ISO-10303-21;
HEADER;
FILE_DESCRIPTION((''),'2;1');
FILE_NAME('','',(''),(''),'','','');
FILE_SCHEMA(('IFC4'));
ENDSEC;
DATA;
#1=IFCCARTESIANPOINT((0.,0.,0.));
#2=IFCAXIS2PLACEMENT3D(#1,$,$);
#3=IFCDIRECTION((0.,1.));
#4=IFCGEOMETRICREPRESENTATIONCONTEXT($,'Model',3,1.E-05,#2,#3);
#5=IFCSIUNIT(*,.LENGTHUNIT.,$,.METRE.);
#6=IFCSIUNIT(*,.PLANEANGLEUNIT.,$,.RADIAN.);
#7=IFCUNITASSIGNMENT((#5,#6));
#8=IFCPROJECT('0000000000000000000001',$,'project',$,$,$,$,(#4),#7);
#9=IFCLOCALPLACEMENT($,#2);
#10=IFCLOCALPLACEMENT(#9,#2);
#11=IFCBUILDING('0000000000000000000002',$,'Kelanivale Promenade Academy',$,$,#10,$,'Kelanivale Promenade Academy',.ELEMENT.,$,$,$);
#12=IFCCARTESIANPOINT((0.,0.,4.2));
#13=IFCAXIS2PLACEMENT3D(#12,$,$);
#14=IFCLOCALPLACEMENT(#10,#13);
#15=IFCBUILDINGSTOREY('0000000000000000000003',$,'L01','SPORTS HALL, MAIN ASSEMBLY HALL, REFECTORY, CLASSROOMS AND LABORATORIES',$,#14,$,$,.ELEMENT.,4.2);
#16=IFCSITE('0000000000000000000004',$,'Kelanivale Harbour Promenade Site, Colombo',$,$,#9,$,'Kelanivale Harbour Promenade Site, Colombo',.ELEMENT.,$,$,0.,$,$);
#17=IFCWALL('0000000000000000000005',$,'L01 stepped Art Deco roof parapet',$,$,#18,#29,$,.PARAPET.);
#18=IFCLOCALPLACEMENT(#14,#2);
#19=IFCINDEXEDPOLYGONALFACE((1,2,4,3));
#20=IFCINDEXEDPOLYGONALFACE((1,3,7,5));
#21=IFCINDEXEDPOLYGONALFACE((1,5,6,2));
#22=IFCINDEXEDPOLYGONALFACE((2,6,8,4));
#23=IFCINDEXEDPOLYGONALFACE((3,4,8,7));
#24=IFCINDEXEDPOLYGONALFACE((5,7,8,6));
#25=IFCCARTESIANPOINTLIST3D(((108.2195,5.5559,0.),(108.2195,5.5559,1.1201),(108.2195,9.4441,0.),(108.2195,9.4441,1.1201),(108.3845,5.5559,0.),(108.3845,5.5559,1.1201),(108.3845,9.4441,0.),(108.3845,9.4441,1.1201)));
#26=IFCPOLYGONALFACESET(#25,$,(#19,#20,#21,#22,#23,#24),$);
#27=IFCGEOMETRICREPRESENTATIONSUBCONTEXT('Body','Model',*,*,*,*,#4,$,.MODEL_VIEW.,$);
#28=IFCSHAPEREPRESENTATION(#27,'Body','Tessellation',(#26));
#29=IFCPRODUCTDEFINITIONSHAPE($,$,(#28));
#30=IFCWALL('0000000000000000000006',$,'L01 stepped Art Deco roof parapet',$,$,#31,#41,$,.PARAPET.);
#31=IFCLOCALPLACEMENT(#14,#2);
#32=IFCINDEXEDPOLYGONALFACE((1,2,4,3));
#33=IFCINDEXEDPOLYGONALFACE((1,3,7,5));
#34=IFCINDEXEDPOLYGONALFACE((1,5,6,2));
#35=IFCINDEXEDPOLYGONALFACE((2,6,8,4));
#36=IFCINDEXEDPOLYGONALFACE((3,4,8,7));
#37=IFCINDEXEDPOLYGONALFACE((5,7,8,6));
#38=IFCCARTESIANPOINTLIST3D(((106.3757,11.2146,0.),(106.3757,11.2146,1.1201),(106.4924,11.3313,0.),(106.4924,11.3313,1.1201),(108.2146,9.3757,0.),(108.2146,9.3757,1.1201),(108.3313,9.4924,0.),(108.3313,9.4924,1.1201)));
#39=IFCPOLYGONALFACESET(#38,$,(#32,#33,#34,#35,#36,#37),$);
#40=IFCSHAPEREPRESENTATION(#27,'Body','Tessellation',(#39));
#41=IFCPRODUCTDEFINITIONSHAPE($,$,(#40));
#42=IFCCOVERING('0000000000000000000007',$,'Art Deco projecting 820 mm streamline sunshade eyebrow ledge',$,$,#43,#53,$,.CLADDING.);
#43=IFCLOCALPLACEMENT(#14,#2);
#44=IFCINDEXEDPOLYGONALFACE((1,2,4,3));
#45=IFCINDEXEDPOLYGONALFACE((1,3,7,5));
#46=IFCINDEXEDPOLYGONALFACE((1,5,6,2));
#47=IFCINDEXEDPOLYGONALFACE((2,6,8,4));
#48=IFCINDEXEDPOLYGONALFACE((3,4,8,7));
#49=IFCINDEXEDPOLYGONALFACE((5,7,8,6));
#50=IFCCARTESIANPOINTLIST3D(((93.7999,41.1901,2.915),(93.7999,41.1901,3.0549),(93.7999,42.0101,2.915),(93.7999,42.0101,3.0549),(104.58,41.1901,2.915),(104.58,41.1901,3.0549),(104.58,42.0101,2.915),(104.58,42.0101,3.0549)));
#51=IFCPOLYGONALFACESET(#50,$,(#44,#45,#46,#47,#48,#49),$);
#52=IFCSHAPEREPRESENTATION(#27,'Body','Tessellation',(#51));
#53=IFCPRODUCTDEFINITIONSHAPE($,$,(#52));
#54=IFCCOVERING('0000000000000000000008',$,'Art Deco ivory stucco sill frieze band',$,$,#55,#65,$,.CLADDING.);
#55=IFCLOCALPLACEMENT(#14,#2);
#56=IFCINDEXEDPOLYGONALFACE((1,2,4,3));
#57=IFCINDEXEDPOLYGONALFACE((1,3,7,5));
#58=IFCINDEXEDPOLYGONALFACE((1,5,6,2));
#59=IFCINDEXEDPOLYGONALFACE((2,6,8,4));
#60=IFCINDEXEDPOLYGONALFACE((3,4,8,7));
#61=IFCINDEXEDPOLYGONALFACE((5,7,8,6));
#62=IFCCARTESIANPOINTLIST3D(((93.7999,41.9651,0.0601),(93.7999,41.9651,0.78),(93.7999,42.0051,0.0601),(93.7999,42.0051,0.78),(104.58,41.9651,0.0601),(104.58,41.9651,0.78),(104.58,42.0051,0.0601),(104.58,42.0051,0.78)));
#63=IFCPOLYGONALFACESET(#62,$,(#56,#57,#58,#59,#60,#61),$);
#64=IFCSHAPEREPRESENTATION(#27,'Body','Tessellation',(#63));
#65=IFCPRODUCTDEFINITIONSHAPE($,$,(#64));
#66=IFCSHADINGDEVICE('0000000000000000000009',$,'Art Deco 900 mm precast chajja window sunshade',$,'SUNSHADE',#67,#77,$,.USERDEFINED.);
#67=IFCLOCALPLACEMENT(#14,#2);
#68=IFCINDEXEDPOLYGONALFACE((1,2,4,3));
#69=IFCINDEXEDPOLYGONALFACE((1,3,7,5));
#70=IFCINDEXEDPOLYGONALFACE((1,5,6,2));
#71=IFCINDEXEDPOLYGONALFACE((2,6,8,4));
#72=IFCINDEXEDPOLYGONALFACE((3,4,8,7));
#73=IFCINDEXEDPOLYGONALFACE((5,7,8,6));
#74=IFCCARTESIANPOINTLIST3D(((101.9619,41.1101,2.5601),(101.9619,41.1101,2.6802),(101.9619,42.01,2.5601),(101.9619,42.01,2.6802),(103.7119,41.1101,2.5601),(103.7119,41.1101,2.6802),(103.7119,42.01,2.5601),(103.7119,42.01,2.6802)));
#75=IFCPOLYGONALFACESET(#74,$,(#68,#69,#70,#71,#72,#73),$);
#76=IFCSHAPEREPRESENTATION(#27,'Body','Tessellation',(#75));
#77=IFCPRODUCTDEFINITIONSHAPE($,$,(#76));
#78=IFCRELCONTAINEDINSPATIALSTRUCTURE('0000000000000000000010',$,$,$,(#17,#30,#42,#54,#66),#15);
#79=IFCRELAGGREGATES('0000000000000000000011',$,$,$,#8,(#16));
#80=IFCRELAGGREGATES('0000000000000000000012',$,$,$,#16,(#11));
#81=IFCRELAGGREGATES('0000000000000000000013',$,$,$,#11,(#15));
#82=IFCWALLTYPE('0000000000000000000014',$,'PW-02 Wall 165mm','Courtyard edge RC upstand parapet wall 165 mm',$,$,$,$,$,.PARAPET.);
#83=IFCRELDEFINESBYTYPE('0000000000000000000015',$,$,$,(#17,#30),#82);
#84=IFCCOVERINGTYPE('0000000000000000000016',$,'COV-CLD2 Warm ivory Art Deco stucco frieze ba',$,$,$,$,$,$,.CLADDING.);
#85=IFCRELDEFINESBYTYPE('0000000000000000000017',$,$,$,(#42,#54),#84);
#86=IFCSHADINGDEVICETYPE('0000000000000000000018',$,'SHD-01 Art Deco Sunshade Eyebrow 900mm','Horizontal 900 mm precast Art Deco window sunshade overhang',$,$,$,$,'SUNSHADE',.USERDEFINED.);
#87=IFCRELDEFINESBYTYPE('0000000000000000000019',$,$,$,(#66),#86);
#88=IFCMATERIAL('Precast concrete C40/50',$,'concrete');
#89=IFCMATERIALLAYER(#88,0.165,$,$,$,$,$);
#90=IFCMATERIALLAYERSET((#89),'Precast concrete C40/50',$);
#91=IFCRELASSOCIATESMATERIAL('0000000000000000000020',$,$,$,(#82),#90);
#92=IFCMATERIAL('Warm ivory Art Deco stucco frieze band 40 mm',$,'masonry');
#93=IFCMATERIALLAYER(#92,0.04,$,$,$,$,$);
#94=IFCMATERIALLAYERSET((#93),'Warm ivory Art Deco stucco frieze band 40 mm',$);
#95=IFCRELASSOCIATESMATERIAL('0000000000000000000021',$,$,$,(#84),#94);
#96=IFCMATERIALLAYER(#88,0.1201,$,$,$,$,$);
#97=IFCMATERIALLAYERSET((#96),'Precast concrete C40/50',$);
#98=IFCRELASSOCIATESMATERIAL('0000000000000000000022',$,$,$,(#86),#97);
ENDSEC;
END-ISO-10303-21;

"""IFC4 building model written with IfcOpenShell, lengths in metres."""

from ifc_helpers import new_model, si_unit, direction, frame, frame_2d, origin, origin_2d, place, context, subcontext, project, spatial, rectangle, extrude, material, layer, layer_set, type_object, element, save


model = new_model("IFC4")

# Units and contexts
model_context = context("Model", 3, precision=1e-05, world=origin(), true_north=direction((0.0, 1.0)))
body_context = subcontext(model_context, "Body", "Model", "MODEL_VIEW")
ifc_project = project(units=[si_unit("LENGTHUNIT", "METRE"), si_unit("PLANEANGLEUNIT", "RADIAN")], contexts=[model_context])

# Site, building, storey
site_placement = place(None, origin())
site = spatial("IfcSite", under=ifc_project, at=site_placement, Name="Kelanivale Harbour Promenade Site, Colombo", LongName="Kelanivale Harbour Promenade Site, Colombo", CompositionType="ELEMENT", RefElevation=0.0)
building_placement = place(site_placement, origin())
building = spatial("IfcBuilding", under=site, at=building_placement, Name="Kelanivale Promenade Academy", LongName="Kelanivale Promenade Academy", CompositionType="ELEMENT")
storey_placement = place(building_placement, frame((0.0, 0.0, 4.2)))
storey = spatial("IfcBuildingStorey", under=building, at=storey_placement, Name="L01", Description="SPORTS HALL, MAIN ASSEMBLY HALL, REFECTORY, CLASSROOMS AND LABORATORIES", CompositionType="ELEMENT", Elevation=4.2)

# Walls
ifc_material_1 = material(Name="Precast concrete C40/50", Category="concrete")
ifc_layer_1 = layer(ifc_material_1, 0.165)
ifc_layer_set_1 = layer_set([ifc_layer_1], Name="Precast concrete C40/50")
wall_type_1 = type_object("IfcWallType", Name="PW-02 Wall 165mm", Description="Courtyard edge RC upstand parapet wall 165 mm", PredefinedType="PARAPET", material=ifc_layer_set_1)
wall_1_placement = place(storey_placement, frame((108.302, 5.5559, 0.0), z_axis=(0.0, 0.0, 1.0), x_axis=(0.0, 1.0, 0.0)))
element("IfcWall", 1, at=wall_1_placement, inside=storey, type_object=wall_type_1, Name="L01 stepped Art Deco roof parapet", PredefinedType="PARAPET", context=body_context, shape_type="SweptSolid", body=[
    extrude(rectangle(XDim=3.8882, YDim=0.165, at=frame_2d((1.9441, 0.0))), origin(), (0.0, 0.0, 1.0), 1.1201),
])
wall_2_placement = place(storey_placement, frame((108.2729, 9.4341, 0.0), z_axis=(0.0, 0.0, 1.0), x_axis=(-0.707107, 0.707107, 0.0)))
element("IfcWall", 2, at=wall_2_placement, inside=storey, type_object=wall_type_1, Name="L01 stepped Art Deco roof parapet", PredefinedType="PARAPET", context=body_context, shape_type="SweptSolid", body=[
    extrude(rectangle(XDim=2.6006, YDim=0.165, at=frame_2d((1.3003, 0.0))), origin(), (0.0, 0.0, 1.0), 1.1201),
])

# Coverings
ifc_material_2 = material(Name="Warm ivory Art Deco stucco frieze band 40 mm", Category="masonry")
ifc_layer_2 = layer(ifc_material_2, 0.04)
ifc_layer_set_2 = layer_set([ifc_layer_2], Name="Warm ivory Art Deco stucco frieze band 40 mm")
covering_type = type_object("IfcCoveringType", Name="COV-CLD2 Warm ivory Art Deco stucco frieze ba", PredefinedType="CLADDING", material=ifc_layer_set_2)
covering_1_placement = place(storey_placement, frame((99.1899, 41.6001, 2.915), z_axis=(0.0, 0.0, 1.0), x_axis=(1.0, 0.0, 0.0)))
element("IfcCovering", 3, at=covering_1_placement, inside=storey, type_object=covering_type, Name="Art Deco projecting 820 mm streamline sunshade eyebrow ledge", PredefinedType="CLADDING", context=body_context, shape_type="SweptSolid", body=[
    extrude(rectangle(XDim=10.78, YDim=0.8201, at=origin_2d()), origin(), (0.0, 0.0, 1.0), 0.1399),
])
covering_2_placement = place(storey_placement, frame((99.1899, 41.9851, 0.0601), z_axis=(0.0, 0.0, 1.0), x_axis=(1.0, 0.0, 0.0)))
element("IfcCovering", 4, at=covering_2_placement, inside=storey, type_object=covering_type, Name="Art Deco ivory stucco sill frieze band", PredefinedType="CLADDING", context=body_context, shape_type="SweptSolid", body=[
    extrude(rectangle(XDim=10.78, YDim=0.04, at=origin_2d()), origin(), (0.0, 0.0, 1.0), 0.72),
])

# Shading device
ifc_layer_3 = layer(ifc_material_1, 0.1201)
ifc_layer_set_3 = layer_set([ifc_layer_3], Name="Precast concrete C40/50")
shading_device_type = type_object("IfcShadingDeviceType", Name="SHD-01 Art Deco Sunshade Eyebrow 900mm", Description="Horizontal 900 mm precast Art Deco window sunshade overhang", ElementType="SUNSHADE", PredefinedType="USERDEFINED", material=ifc_layer_set_3)
shading_device_placement = place(storey_placement, frame((102.8369, 41.5601, 2.5601), z_axis=(0.0, 0.0, 1.0), x_axis=(1.0, 0.0, 0.0)))
element("IfcShadingDevice", 5, at=shading_device_placement, inside=storey, type_object=shading_device_type, Name="Art Deco 900 mm precast chajja window sunshade", ObjectType="SUNSHADE", PredefinedType="USERDEFINED", context=body_context, shape_type="SweptSolid", body=[
    extrude(rectangle(XDim=1.75, YDim=0.8999, at=origin_2d()), origin(), (0.0, 0.0, 1.0), 0.1201),
])

save(model, "model.ifc")
